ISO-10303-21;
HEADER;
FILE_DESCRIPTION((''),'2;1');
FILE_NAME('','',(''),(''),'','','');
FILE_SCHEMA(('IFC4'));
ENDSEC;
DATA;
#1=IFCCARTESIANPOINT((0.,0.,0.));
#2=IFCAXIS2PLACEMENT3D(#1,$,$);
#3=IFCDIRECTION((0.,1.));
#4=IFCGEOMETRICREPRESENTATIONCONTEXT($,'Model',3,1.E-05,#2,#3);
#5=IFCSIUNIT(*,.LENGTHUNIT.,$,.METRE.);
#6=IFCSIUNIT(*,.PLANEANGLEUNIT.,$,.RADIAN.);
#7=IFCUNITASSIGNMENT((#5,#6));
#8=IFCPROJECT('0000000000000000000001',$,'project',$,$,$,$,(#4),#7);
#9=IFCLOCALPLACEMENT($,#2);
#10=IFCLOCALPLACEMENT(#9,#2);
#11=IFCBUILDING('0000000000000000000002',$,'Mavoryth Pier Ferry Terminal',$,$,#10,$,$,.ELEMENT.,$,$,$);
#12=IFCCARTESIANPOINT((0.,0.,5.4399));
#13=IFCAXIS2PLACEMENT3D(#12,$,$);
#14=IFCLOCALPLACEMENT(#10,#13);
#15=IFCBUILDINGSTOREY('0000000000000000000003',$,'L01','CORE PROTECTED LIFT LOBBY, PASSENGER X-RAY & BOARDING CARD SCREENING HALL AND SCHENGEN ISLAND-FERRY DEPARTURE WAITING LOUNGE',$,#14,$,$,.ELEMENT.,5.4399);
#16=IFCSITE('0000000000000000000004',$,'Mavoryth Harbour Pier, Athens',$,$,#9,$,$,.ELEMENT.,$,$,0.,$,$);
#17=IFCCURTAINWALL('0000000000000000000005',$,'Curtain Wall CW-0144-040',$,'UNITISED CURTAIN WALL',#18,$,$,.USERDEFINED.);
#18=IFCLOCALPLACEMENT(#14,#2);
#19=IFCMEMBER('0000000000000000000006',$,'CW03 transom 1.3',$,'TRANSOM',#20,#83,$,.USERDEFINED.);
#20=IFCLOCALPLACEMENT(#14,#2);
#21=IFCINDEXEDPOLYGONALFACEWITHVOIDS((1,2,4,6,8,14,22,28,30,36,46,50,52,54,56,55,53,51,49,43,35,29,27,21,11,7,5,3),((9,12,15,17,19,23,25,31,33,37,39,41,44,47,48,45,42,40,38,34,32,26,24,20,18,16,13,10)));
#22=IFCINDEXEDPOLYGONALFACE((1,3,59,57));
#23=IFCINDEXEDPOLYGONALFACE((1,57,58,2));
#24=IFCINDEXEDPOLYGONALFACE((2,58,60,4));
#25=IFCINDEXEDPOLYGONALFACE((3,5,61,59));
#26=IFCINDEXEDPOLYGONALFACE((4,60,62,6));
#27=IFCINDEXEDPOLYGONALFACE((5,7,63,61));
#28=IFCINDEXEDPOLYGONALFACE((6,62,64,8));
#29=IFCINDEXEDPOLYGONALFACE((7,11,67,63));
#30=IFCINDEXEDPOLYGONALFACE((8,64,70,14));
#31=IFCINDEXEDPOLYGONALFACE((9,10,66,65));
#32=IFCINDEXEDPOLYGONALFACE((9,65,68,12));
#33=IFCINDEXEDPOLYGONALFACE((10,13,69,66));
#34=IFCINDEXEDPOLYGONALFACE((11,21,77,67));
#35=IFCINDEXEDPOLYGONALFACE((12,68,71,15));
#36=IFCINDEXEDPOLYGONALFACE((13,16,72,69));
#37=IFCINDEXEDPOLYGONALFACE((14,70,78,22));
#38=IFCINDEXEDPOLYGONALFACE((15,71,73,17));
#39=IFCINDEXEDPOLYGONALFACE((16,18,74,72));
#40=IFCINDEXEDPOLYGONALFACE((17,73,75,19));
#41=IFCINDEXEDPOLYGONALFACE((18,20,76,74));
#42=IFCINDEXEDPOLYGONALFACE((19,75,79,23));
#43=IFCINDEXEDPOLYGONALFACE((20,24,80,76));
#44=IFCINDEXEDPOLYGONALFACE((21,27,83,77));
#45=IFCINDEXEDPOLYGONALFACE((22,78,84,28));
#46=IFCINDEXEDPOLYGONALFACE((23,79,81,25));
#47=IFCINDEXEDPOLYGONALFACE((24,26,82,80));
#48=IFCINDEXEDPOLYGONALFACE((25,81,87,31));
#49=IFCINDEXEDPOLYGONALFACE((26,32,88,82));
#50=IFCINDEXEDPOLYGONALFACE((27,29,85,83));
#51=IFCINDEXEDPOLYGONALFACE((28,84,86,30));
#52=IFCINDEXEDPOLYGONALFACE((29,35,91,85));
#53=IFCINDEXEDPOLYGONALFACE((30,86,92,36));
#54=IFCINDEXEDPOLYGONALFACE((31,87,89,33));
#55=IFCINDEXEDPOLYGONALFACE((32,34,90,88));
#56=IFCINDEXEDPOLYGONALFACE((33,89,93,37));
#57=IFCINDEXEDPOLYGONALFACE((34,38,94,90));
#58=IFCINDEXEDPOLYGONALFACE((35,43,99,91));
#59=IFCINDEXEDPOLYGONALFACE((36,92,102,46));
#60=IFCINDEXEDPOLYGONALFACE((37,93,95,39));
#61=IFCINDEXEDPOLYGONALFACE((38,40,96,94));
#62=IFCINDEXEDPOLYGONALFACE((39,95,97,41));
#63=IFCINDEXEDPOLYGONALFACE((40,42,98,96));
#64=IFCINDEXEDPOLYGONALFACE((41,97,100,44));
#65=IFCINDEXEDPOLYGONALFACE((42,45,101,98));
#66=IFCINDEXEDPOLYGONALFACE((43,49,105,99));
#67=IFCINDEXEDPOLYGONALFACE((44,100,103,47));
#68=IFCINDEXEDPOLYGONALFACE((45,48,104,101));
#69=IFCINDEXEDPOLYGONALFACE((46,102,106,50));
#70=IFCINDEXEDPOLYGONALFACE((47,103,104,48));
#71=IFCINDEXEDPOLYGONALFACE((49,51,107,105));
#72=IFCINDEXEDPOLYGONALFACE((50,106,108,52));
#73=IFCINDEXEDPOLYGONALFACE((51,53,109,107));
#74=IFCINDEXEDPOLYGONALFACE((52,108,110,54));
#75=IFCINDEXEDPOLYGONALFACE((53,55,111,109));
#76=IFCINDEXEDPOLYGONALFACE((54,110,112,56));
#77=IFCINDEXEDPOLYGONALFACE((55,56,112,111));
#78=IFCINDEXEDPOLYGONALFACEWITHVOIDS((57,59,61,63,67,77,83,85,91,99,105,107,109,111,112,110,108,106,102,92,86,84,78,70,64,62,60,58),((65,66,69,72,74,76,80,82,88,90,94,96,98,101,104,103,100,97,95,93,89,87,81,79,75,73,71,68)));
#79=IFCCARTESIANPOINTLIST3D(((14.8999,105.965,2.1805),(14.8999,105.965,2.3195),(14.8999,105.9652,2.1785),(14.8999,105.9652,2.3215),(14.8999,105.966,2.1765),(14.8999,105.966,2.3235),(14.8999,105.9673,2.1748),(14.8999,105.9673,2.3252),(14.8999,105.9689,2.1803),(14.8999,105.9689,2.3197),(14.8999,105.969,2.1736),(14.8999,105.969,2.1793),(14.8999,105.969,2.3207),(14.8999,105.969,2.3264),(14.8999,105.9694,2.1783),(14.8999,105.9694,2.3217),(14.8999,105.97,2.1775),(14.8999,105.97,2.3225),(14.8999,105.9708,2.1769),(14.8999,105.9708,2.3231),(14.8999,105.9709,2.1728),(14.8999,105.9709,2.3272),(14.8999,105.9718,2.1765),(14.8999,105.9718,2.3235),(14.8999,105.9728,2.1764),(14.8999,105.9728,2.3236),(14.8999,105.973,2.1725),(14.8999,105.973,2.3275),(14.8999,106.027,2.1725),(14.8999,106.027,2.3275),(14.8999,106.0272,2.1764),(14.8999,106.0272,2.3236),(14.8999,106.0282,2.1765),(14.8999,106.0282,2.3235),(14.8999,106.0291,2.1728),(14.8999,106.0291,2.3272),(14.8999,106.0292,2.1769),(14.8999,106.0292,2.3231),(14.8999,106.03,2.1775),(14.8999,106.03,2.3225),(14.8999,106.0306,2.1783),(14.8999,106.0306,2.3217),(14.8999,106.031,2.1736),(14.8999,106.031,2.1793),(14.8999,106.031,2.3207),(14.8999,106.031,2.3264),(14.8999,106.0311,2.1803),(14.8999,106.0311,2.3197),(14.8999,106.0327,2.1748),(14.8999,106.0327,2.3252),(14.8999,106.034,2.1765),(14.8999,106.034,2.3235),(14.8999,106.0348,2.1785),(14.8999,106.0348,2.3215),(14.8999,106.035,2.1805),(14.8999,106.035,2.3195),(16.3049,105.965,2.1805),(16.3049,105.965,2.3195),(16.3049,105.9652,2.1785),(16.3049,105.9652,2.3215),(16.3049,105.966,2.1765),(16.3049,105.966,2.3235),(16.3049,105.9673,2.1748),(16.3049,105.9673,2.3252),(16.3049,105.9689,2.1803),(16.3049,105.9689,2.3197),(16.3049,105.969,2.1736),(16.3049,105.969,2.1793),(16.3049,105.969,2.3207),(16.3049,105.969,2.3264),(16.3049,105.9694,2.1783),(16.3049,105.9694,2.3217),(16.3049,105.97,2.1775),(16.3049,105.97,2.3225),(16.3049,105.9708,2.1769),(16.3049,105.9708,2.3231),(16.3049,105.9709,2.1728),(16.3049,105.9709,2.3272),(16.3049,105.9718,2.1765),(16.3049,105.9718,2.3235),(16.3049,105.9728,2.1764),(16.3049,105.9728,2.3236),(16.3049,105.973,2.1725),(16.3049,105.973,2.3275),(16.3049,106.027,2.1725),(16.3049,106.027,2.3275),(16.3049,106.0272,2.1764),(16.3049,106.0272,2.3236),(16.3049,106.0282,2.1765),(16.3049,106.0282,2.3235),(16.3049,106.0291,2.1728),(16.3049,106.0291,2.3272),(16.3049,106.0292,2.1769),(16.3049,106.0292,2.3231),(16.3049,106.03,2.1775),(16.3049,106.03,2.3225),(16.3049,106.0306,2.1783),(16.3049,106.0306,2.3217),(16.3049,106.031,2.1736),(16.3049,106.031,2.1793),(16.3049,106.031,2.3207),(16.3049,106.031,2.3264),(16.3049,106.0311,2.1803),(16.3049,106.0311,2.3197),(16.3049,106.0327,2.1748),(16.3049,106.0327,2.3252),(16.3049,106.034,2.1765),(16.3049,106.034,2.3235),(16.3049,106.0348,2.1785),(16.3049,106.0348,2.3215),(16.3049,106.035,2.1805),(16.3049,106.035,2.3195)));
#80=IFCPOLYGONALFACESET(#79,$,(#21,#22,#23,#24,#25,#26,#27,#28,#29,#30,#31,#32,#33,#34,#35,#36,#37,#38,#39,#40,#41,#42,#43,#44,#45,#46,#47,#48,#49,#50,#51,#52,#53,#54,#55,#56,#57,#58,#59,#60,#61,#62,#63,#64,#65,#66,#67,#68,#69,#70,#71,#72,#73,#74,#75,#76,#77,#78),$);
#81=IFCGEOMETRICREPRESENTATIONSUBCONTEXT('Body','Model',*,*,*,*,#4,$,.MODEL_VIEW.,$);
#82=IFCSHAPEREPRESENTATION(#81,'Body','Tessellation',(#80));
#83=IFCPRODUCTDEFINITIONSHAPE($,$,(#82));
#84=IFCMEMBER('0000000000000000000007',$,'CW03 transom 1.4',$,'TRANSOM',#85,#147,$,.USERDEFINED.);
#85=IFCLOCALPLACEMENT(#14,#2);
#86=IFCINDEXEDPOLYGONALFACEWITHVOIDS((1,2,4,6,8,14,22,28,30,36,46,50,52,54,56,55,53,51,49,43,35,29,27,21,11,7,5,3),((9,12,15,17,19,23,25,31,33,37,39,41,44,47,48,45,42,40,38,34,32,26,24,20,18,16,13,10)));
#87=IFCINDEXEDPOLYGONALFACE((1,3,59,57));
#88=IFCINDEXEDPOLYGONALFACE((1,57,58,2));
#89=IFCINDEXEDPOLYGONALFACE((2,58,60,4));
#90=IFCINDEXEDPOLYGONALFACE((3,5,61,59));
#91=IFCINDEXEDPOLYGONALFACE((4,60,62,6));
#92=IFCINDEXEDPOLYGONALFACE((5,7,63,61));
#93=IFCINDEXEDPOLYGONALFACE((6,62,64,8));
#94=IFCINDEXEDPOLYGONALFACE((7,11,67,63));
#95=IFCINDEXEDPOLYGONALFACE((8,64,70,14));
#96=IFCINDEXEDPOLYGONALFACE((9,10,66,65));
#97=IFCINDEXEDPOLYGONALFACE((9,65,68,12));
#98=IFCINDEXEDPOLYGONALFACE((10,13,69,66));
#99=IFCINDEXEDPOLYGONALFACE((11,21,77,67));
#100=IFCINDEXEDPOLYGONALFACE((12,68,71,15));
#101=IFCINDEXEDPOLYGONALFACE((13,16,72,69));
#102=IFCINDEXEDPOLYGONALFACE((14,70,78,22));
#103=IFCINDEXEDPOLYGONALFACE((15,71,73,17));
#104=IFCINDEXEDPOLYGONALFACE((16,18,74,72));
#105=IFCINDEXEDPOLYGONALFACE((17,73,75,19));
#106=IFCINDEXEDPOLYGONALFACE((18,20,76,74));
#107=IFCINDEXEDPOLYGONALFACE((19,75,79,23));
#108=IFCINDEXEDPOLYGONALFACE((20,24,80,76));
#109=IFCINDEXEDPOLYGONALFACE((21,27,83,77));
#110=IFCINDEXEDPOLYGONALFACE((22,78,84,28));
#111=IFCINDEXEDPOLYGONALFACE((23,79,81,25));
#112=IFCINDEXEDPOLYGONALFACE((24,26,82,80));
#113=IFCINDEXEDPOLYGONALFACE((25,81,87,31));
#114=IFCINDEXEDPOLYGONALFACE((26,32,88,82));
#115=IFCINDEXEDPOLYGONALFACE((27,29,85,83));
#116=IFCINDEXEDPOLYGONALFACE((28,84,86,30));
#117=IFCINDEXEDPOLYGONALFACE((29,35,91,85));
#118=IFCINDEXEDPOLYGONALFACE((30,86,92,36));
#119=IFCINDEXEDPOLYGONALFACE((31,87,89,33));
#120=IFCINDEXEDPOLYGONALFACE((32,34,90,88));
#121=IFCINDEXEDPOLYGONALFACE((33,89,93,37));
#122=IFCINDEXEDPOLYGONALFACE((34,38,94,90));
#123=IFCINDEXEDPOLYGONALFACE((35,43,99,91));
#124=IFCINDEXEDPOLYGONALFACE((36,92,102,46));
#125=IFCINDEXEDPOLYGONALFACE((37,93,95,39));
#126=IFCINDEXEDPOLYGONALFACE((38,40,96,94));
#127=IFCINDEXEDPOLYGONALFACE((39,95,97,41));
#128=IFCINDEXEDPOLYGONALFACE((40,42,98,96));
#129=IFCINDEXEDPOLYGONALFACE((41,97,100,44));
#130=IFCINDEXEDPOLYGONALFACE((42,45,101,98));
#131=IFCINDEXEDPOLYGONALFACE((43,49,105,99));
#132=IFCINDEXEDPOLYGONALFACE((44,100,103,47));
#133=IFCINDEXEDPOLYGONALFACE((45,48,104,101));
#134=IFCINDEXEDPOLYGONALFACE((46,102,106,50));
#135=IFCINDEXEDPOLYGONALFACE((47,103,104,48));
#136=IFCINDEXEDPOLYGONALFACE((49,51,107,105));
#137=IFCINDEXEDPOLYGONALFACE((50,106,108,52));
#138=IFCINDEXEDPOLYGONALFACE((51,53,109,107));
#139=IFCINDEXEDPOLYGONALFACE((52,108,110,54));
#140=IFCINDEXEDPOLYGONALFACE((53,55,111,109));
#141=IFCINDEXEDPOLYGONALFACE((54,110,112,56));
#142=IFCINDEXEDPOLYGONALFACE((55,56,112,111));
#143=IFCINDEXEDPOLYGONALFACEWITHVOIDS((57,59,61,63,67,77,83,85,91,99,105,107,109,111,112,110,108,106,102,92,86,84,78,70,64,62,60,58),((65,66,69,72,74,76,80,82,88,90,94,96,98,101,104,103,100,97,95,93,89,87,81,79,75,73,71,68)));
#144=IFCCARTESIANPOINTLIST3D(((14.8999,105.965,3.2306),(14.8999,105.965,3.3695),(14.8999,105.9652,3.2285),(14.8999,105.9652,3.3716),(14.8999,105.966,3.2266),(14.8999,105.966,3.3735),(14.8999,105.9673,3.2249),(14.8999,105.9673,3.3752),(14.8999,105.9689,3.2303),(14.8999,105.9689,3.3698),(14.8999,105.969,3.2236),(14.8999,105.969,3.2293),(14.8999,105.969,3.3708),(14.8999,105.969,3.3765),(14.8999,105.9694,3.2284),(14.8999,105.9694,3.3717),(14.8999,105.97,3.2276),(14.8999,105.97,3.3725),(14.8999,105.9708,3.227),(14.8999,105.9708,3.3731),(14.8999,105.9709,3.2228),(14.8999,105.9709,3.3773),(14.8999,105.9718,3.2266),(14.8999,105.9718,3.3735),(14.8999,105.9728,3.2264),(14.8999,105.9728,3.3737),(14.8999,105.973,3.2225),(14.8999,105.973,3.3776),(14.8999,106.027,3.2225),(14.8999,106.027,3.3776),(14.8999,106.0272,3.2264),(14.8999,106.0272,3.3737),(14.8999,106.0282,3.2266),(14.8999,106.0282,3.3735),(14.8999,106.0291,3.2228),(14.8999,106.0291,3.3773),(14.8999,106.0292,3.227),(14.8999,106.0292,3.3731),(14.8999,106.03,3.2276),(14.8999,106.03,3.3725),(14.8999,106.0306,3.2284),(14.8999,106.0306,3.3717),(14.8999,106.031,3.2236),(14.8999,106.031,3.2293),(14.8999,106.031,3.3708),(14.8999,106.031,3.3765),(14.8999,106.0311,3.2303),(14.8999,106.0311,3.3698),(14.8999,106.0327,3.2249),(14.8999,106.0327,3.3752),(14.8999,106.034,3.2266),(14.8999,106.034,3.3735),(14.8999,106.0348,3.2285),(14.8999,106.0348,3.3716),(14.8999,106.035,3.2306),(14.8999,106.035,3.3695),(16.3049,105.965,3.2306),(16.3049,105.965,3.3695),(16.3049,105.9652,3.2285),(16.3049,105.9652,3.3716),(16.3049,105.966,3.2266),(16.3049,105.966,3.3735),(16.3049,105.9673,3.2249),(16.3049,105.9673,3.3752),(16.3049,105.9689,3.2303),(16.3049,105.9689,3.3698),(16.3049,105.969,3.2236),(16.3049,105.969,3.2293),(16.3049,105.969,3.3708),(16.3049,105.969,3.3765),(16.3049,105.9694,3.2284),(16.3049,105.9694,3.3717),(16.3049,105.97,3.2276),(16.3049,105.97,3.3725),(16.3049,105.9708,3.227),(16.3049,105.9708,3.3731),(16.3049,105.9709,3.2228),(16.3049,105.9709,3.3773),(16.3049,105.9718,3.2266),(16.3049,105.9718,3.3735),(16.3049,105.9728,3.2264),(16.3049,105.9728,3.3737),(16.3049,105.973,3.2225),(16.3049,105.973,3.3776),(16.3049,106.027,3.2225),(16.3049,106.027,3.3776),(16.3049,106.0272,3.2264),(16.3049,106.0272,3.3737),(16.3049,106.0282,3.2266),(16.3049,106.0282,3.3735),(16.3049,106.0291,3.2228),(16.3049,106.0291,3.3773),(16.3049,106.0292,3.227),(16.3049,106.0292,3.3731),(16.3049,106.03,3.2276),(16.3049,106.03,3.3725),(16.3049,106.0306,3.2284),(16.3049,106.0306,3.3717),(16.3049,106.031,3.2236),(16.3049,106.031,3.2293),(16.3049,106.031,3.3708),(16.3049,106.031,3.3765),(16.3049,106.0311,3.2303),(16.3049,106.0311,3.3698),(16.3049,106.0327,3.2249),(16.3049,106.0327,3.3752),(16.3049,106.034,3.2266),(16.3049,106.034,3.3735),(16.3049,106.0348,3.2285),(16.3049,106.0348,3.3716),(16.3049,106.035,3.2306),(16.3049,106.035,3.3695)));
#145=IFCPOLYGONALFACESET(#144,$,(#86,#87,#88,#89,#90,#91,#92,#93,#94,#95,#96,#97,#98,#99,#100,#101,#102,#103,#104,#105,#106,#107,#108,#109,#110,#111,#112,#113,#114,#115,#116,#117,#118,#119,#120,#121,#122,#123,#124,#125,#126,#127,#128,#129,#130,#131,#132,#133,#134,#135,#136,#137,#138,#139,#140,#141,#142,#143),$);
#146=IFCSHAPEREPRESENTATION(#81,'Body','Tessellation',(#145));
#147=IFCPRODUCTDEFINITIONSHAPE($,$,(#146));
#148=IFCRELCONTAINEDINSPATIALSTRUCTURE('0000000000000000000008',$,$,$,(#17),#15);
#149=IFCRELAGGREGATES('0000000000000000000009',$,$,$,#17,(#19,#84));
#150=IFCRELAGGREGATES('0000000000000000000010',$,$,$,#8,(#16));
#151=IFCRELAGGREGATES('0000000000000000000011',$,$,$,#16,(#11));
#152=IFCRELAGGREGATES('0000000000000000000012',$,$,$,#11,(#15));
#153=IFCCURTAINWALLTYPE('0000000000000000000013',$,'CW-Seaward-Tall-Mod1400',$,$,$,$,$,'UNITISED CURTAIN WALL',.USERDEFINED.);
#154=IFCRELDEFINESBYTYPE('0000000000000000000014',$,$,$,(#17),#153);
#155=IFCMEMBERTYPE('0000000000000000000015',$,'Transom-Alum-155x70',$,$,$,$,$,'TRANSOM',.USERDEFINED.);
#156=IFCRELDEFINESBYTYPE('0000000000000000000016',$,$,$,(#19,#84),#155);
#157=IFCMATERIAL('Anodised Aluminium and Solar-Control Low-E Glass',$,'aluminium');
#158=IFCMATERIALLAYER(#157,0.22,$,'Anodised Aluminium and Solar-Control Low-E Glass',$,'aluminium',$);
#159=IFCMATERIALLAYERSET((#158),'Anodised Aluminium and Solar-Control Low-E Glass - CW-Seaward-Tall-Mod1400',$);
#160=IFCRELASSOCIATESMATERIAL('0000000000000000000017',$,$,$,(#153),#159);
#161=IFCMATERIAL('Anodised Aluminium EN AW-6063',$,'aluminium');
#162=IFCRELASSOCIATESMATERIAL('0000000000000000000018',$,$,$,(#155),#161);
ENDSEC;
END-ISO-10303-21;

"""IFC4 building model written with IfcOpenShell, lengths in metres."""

from ifc_helpers import new_model, si_unit, direction, frame, origin, origin_2d, place, context, subcontext, project, spatial, hollow_rectangle, extrude, material, layer, layer_set, material_profile, profile_set, type_object, element, aggregate, save


model = new_model("IFC4")

# Units and contexts
model_context = context("Model", 3, precision=1e-05, world=origin(), true_north=direction((0.0, 1.0)))
body_context = subcontext(model_context, "Body", "Model", "MODEL_VIEW")
ifc_project = project(units=[si_unit("LENGTHUNIT", "METRE"), si_unit("PLANEANGLEUNIT", "RADIAN")], contexts=[model_context])

# Site, building, storey
site_placement = place(None, origin())
site = spatial("IfcSite", under=ifc_project, at=site_placement, Name="Mavoryth Harbour Pier, Athens", CompositionType="ELEMENT", RefElevation=0.0)
building_placement = place(site_placement, origin())
building = spatial("IfcBuilding", under=site, at=building_placement, Name="Mavoryth Pier Ferry Terminal", CompositionType="ELEMENT")
storey_placement = place(building_placement, frame((0.0, 0.0, 5.4399)))
storey = spatial("IfcBuildingStorey", under=building, at=storey_placement, Name="L01", Description="CORE PROTECTED LIFT LOBBY, PASSENGER X-RAY & BOARDING CARD SCREENING HALL AND SCHENGEN ISLAND-FERRY DEPARTURE WAITING LOUNGE", CompositionType="ELEMENT", Elevation=5.4399)

# Curtain wall, members
ifc_material_1 = material(Name="Anodised Aluminium and Solar-Control Low-E Glass", Category="aluminium")
ifc_layer_1 = layer(ifc_material_1, 0.22, Name="Anodised Aluminium and Solar-Control Low-E Glass", Category="aluminium")
ifc_layer_set_1 = layer_set([ifc_layer_1], Name="Anodised Aluminium and Solar-Control Low-E Glass - CW-Seaward-Tall-Mod1400")
curtain_wall_type = type_object("IfcCurtainWallType", Name="CW-Seaward-Tall-Mod1400", ElementType="UNITISED CURTAIN WALL", PredefinedType="USERDEFINED", material=ifc_layer_set_1)
curtain_wall_placement = place(storey_placement, origin())
curtain_wall = element("IfcCurtainWall", 1, at=curtain_wall_placement, inside=storey, type_object=curtain_wall_type, Name="Curtain Wall CW-0144-040", ObjectType="UNITISED CURTAIN WALL", PredefinedType="USERDEFINED")
ifc_material_2 = material(Name="Anodised Aluminium EN AW-6063", Category="aluminium")
ifc_material_profile_1 = material_profile(ifc_material_2, hollow_rectangle(XDim=0.0701, YDim=0.155, WallThickness=0.0039, InnerFilletRadius=0.0039, OuterFilletRadius=0.0081, at=origin_2d()), Name="AL-TRAN 155x70x4", Category="aluminium")
ifc_profile_set_1 = profile_set([ifc_material_profile_1], Name="Anodised Aluminium EN AW-6063 - AL-TRAN 155x70x4")
member_type_1 = type_object("IfcMemberType", Name="Transom-Alum-155x70", ElementType="TRANSOM", PredefinedType="USERDEFINED", material=ifc_profile_set_1)
member_1_placement = place(storey_placement, frame((16.3049, 106.0, 2.25), z_axis=(-1.0, 0.0, 0.0), x_axis=(0.0, -1.0, 0.0)))
member_1 = element("IfcMember", 2, at=member_1_placement, type_object=member_type_1, Name="CW03 transom 1.3", ObjectType="TRANSOM", PredefinedType="USERDEFINED", context=body_context, shape_type="SweptSolid", body=[
    extrude(hollow_rectangle(XDim=0.0701, YDim=0.155, WallThickness=0.0039, InnerFilletRadius=0.0039, OuterFilletRadius=0.0081, at=origin_2d()), origin(), (0.0, 0.0, 1.0), 1.405),
])
member_2_placement = place(storey_placement, frame((16.3049, 106.0, 3.3), z_axis=(-1.0, 0.0, 0.0), x_axis=(0.0, -1.0, 0.0)))
member_2 = element("IfcMember", 3, at=member_2_placement, type_object=member_type_1, Name="CW03 transom 1.4", ObjectType="TRANSOM", PredefinedType="USERDEFINED", context=body_context, shape_type="SweptSolid", body=[
    extrude(hollow_rectangle(XDim=0.0701, YDim=0.155, WallThickness=0.0039, InnerFilletRadius=0.0039, OuterFilletRadius=0.0081, at=origin_2d()), origin(), (0.0, 0.0, 1.0), 1.405),
])
aggregate(curtain_wall, [member_1, member_2])

save(model, "model.ifc")
